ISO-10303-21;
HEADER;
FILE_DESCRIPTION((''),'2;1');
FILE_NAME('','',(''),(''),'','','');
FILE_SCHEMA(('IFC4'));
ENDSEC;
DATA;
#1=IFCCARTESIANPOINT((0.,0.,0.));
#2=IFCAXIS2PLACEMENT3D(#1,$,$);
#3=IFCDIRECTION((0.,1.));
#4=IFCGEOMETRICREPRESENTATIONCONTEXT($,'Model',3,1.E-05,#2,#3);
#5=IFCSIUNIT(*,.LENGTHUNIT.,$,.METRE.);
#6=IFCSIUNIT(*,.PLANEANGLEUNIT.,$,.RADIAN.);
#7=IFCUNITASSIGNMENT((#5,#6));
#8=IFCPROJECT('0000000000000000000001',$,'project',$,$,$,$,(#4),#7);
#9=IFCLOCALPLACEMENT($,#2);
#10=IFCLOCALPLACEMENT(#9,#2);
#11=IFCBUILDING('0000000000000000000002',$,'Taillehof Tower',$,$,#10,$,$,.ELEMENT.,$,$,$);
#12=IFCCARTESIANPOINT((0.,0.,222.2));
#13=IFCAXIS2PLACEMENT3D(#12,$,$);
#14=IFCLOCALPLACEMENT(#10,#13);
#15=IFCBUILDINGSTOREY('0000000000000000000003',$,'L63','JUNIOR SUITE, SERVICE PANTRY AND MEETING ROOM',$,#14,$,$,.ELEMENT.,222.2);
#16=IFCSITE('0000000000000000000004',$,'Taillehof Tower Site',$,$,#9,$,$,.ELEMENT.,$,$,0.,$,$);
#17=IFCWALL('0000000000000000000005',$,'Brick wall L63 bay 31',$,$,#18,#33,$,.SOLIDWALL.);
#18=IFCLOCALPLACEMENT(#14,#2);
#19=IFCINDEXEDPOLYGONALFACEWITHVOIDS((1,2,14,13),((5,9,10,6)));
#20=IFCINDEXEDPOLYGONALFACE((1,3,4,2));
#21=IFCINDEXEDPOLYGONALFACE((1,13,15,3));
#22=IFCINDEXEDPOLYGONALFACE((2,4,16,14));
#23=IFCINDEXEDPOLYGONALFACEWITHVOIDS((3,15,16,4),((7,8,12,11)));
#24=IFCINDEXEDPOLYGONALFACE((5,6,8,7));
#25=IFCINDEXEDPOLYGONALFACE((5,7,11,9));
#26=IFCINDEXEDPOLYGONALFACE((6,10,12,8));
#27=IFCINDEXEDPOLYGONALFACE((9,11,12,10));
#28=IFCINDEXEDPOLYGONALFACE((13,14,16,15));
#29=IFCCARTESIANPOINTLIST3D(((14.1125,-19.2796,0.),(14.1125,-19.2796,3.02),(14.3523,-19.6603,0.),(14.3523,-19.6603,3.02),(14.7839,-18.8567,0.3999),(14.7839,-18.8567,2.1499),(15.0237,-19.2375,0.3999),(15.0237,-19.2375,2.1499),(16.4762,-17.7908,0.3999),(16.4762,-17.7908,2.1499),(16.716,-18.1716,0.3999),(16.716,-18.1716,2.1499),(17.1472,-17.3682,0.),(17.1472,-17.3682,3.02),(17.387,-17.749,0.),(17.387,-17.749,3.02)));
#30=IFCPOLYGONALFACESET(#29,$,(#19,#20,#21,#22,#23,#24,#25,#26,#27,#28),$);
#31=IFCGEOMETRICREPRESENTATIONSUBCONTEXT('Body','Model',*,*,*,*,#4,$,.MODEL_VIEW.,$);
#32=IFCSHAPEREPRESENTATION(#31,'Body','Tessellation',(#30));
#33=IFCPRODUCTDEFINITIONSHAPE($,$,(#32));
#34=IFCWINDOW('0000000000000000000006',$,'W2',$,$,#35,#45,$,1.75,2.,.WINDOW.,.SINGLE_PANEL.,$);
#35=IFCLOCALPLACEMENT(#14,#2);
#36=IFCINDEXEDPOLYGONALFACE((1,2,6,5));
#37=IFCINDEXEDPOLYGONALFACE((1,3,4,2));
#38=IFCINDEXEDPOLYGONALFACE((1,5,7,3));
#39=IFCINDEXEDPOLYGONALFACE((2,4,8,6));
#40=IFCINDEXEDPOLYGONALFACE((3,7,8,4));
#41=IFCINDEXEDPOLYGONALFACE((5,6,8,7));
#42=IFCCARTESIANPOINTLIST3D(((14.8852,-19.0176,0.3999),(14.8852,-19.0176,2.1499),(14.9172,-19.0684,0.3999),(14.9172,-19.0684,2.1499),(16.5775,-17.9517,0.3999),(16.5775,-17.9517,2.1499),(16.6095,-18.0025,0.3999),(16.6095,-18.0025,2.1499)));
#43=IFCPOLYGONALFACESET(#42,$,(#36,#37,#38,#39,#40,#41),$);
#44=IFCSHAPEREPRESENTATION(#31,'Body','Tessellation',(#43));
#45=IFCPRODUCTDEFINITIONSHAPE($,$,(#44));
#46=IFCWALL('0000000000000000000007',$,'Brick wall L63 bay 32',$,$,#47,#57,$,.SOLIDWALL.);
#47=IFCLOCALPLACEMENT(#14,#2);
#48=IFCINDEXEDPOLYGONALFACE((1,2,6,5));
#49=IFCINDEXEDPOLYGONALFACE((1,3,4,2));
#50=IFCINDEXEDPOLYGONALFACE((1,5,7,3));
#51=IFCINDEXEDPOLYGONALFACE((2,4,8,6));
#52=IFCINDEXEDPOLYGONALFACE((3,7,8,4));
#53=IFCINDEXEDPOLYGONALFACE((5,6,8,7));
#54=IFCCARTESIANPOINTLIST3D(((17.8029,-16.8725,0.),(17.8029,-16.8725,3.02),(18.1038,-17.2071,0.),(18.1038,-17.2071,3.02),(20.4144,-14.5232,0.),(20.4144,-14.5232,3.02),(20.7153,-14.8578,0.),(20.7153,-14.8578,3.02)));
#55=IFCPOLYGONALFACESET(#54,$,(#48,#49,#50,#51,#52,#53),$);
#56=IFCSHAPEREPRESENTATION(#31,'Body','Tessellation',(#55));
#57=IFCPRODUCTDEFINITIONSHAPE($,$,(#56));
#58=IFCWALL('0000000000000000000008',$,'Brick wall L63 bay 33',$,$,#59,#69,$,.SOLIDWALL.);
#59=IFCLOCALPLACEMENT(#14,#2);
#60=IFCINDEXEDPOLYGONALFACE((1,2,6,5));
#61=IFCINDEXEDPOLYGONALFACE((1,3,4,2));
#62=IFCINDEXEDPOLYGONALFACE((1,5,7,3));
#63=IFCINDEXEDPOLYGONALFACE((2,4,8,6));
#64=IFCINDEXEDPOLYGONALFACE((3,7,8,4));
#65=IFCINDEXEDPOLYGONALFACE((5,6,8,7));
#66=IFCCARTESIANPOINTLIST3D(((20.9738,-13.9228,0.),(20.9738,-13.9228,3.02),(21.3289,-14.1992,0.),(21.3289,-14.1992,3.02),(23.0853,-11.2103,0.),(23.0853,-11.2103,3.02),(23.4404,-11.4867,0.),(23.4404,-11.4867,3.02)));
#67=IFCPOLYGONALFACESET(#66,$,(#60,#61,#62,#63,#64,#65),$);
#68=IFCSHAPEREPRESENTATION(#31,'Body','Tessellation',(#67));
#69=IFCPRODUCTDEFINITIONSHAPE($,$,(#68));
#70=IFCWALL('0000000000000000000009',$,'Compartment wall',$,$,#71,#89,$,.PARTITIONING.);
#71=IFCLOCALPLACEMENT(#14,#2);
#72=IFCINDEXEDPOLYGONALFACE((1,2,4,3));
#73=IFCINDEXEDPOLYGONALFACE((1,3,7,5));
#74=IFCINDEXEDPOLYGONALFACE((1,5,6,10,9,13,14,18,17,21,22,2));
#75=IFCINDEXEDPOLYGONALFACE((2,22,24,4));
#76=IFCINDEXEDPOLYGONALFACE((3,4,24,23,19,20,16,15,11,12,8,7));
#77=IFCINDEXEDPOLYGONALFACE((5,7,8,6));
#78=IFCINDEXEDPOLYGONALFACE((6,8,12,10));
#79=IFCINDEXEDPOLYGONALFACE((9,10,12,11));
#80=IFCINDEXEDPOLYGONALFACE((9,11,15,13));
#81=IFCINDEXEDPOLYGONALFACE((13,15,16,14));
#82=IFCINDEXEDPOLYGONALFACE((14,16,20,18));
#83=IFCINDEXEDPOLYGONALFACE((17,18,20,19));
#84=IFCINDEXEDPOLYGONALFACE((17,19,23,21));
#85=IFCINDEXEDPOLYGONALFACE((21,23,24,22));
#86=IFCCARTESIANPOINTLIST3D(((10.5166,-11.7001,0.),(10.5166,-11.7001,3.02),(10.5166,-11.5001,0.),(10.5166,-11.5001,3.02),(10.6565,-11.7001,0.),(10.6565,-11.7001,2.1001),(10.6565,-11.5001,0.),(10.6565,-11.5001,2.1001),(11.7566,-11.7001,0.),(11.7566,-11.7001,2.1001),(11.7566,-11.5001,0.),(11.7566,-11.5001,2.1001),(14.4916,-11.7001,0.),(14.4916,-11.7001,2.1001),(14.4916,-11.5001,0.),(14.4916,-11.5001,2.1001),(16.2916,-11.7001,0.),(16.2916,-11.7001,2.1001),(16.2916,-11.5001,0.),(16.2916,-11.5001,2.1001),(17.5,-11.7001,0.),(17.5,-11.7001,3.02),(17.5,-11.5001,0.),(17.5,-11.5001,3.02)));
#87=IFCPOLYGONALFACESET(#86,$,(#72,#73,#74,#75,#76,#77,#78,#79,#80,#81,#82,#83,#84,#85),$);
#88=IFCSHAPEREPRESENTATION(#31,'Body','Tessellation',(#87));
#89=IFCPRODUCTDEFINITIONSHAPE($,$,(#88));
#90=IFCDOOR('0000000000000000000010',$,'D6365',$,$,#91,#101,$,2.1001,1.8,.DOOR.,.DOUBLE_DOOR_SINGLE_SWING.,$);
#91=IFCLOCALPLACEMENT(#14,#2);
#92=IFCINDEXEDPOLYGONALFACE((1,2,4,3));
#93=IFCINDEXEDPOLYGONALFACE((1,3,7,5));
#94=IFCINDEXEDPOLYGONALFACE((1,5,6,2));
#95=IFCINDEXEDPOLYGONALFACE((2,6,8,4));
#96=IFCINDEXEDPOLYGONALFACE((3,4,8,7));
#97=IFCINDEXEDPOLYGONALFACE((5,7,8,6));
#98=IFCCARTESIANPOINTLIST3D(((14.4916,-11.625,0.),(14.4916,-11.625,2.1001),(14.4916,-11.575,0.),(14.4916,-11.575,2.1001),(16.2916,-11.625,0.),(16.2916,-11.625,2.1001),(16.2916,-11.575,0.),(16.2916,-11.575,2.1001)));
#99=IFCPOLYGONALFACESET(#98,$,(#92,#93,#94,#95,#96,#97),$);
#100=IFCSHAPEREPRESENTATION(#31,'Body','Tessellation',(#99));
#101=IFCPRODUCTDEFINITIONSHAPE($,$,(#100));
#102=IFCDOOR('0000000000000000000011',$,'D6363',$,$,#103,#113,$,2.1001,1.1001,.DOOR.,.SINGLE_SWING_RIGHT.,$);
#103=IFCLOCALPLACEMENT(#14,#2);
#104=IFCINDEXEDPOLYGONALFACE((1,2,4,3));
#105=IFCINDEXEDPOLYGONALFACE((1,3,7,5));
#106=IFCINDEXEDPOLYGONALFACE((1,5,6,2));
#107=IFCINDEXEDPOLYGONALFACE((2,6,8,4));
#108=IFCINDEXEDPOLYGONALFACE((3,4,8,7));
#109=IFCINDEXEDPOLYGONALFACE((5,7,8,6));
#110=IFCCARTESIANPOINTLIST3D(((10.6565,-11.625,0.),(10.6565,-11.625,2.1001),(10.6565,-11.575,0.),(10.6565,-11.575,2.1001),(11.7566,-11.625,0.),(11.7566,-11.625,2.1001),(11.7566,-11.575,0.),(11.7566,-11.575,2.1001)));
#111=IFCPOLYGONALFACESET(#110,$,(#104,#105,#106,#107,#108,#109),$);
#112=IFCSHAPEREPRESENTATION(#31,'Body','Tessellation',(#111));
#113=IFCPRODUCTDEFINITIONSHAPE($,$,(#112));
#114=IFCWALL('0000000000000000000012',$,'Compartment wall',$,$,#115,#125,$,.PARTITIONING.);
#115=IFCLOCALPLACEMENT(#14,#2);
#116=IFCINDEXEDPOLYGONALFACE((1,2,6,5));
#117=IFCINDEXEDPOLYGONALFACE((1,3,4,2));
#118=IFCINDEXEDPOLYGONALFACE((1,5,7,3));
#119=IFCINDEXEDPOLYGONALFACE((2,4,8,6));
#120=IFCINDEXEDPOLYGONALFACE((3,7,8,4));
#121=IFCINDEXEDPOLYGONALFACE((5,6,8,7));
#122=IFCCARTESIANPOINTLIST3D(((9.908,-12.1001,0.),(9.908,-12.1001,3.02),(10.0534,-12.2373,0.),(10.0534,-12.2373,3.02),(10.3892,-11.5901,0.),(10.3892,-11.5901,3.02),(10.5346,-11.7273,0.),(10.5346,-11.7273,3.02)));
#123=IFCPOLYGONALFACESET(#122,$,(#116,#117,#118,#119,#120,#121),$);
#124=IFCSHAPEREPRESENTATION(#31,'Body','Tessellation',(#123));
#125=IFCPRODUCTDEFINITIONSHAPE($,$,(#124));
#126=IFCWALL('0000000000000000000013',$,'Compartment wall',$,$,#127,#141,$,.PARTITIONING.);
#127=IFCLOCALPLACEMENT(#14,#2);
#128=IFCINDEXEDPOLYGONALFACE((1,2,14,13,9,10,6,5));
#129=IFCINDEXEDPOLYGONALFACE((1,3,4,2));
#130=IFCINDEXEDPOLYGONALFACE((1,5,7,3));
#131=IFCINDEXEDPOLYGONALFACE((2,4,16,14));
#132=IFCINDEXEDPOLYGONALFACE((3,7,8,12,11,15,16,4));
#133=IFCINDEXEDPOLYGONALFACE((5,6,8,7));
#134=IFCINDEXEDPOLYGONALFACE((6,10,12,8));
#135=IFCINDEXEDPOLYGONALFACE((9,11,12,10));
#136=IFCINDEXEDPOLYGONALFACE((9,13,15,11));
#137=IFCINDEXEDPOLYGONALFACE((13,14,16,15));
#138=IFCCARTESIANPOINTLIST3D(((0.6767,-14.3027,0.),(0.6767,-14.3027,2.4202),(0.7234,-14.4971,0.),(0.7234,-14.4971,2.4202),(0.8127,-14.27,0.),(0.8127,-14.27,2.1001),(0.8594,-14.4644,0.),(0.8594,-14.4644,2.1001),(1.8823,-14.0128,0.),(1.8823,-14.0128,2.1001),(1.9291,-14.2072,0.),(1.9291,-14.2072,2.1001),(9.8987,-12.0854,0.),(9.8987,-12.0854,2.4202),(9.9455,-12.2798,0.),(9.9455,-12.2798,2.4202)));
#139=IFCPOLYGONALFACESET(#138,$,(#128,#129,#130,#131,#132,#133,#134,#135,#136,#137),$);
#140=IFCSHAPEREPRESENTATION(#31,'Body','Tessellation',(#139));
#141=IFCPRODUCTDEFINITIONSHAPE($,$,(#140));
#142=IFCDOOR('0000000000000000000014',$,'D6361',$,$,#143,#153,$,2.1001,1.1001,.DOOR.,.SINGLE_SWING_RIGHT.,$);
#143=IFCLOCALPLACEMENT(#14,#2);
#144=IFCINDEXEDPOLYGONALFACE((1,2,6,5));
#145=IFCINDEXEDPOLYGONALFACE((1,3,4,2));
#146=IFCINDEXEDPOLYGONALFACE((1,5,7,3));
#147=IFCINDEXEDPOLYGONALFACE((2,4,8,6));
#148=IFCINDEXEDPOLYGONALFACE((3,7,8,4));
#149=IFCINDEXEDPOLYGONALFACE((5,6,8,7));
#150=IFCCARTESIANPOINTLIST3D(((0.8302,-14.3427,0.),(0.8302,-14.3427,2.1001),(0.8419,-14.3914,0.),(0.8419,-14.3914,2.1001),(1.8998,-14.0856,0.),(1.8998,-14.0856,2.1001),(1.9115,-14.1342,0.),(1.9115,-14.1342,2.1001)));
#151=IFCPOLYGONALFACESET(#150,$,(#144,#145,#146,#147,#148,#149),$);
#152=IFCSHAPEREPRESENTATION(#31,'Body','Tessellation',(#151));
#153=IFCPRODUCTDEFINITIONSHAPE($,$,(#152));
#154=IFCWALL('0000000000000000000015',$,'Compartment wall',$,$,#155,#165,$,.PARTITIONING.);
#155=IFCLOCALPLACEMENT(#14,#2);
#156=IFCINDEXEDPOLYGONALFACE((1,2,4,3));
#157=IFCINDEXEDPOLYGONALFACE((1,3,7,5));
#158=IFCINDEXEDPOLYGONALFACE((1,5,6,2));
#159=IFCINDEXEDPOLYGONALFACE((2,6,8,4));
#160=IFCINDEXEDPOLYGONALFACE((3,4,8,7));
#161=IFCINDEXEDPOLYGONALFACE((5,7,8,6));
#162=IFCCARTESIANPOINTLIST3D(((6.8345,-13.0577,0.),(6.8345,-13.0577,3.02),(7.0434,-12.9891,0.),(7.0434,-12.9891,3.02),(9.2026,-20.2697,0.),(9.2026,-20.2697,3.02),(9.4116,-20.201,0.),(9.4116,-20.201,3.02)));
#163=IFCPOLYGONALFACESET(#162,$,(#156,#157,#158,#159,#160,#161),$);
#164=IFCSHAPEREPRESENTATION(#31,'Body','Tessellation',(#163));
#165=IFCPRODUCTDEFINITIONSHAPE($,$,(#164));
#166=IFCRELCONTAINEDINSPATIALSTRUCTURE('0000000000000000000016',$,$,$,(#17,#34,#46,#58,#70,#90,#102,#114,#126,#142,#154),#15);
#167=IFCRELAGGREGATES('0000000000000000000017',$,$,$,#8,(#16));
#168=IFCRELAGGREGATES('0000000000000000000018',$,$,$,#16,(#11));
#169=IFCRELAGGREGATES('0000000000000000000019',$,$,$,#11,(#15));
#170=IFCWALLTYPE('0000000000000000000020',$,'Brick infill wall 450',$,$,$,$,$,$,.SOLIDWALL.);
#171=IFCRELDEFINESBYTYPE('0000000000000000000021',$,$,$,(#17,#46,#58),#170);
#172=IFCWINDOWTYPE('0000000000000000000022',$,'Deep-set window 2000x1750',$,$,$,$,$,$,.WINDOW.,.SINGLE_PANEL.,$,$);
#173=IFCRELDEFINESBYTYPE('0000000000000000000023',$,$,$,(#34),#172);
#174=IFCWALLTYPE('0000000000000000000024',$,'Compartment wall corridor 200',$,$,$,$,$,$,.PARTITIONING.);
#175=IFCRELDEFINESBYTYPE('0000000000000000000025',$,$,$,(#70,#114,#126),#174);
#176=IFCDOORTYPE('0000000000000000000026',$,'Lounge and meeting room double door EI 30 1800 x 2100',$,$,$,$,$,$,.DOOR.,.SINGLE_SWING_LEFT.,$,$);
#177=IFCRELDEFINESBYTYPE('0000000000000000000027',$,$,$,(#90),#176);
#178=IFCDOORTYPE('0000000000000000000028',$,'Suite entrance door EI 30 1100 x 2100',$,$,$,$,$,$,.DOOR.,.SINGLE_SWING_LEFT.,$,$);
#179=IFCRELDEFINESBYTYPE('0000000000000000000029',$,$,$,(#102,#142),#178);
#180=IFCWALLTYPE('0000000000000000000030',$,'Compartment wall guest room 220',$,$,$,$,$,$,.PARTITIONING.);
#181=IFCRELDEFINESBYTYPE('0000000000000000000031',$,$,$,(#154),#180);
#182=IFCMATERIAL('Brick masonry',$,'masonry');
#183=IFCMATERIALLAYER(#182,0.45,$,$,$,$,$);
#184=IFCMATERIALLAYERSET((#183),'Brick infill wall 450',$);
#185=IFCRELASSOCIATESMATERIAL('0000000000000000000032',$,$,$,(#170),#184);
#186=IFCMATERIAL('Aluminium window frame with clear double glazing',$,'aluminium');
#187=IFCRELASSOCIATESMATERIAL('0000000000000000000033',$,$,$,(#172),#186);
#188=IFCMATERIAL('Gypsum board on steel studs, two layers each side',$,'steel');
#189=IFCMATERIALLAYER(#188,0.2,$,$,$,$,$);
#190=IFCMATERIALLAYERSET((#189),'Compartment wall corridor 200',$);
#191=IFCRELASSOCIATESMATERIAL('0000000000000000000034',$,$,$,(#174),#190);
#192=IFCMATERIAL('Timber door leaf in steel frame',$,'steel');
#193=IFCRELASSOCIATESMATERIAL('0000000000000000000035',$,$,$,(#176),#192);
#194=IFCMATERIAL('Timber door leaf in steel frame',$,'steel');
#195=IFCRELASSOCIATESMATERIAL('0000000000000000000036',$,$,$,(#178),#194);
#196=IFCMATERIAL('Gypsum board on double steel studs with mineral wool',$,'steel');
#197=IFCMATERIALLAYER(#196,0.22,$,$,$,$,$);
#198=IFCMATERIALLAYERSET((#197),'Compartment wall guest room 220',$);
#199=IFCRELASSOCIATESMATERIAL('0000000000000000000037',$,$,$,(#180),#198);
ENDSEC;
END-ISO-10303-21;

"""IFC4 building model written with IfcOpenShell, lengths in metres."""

from ifc_helpers import new_model, si_unit, direction, frame, frame_2d, origin, place, context, subcontext, project, spatial, rectangle, extrude, material, layer, layer_set, type_object, element, fill, save


model = new_model("IFC4")

# Units and contexts
model_context = context("Model", 3, precision=1e-05, world=origin(), true_north=direction((0.0, 1.0)))
body_context = subcontext(model_context, "Body", "Model", "MODEL_VIEW")
ifc_project = project(units=[si_unit("LENGTHUNIT", "METRE"), si_unit("PLANEANGLEUNIT", "RADIAN")], contexts=[model_context])

# Site, building, storey
site_placement = place(None, origin())
site = spatial("IfcSite", under=ifc_project, at=site_placement, Name="Taillehof Tower Site", CompositionType="ELEMENT", RefElevation=0.0)
building_placement = place(site_placement, origin())
building = spatial("IfcBuilding", under=site, at=building_placement, Name="Taillehof Tower", CompositionType="ELEMENT")
storey_placement = place(building_placement, frame((0.0, 0.0, 222.2)))
storey = spatial("IfcBuildingStorey", under=building, at=storey_placement, Name="L63", Description="JUNIOR SUITE, SERVICE PANTRY AND MEETING ROOM", CompositionType="ELEMENT", Elevation=222.2)

# Wall, opening, window
ifc_material_1 = material(Name="Brick masonry", Category="masonry")
ifc_layer_1 = layer(ifc_material_1, 0.45)
ifc_layer_set_1 = layer_set([ifc_layer_1], Name="Brick infill wall 450")
wall_type_1 = type_object("IfcWallType", Name="Brick infill wall 450", PredefinedType="SOLIDWALL", material=ifc_layer_set_1)
ifc_material_2 = material(Name="Aluminium window frame with clear double glazing", Category="aluminium")
window_type = type_object("IfcWindowType", Name="Deep-set window 2000x1750", PartitioningType="SINGLE_PANEL", PredefinedType="WINDOW", material=ifc_material_2)
wall_1_placement = place(storey_placement, frame((14.2324, -19.47, 0.0), z_axis=(0.0, 0.0, 1.0), x_axis=(0.84615, 0.532945, 0.0)))
wall_1 = element("IfcWall", 1, at=wall_1_placement, inside=storey, type_object=wall_type_1, Name="Brick wall L63 bay 31", PredefinedType="SOLIDWALL", context=body_context, shape_type="SweptSolid", body=[
    extrude(rectangle(XDim=3.5864, YDim=0.45, at=frame_2d((1.7932, 0.0))), origin(), (0.0, 0.0, 1.0), 3.02),
])
opening_1_placement = place(wall_1_placement, frame((0.7935, 0.0, 0.3999)))
opening_1 = element("IfcOpeningElement", 2, at=opening_1_placement, cuts=wall_1, PredefinedType="OPENING", context=body_context, shape_type="SweptSolid", body=[
    extrude(rectangle(XDim=2.0, YDim=1.75, at=frame_2d((1.0, 0.875))), frame((0.0, 0.2349, 0.0), z_axis=(0.0, -1.0, 0.0), x_axis=(1.0, 0.0, 0.0)), (0.0, 0.0, 1.0), 0.47),
])
window_1_placement = place(opening_1_placement, origin())
window_1 = element("IfcWindow", 3, at=window_1_placement, inside=storey, type_object=window_type, Name="W2", OverallHeight=1.75, OverallWidth=2.0, PartitioningType="SINGLE_PANEL", PredefinedType="WINDOW", context=body_context, shape_type="SweptSolid", body=[
    extrude(rectangle(XDim=2.0, YDim=1.75, at=frame_2d((1.0, 0.875))), frame((0.0, 0.0349, 0.0), z_axis=(0.0, -1.0, 0.0), x_axis=(1.0, 0.0, 0.0)), (0.0, 0.0, 1.0), 0.0601),
])
fill(opening_1, window_1)

# Walls
wall_2_placement = place(storey_placement, frame((17.9534, -17.0398, 0.0), z_axis=(0.0, 0.0, 1.0), x_axis=(0.743443, 0.6688, 0.0)))
element("IfcWall", 4, at=wall_2_placement, inside=storey, type_object=wall_type_1, Name="Brick wall L63 bay 32", PredefinedType="SOLIDWALL", context=body_context, shape_type="SweptSolid", body=[
    extrude(rectangle(XDim=3.5127, YDim=0.45, at=frame_2d((1.7563, 0.0))), origin(), (0.0, 0.0, 1.0), 3.02),
])
wall_3_placement = place(storey_placement, frame((21.1514, -14.061, 0.0), z_axis=(0.0, 0.0, 1.0), x_axis=(0.614255, 0.789107, 0.0)))
element("IfcWall", 5, at=wall_3_placement, inside=storey, type_object=wall_type_1, Name="Brick wall L63 bay 33", PredefinedType="SOLIDWALL", context=body_context, shape_type="SweptSolid", body=[
    extrude(rectangle(XDim=3.4375, YDim=0.45, at=frame_2d((1.7188, 0.0))), origin(), (0.0, 0.0, 1.0), 3.02),
])

# Wall, openings, doors
ifc_material_3 = material(Name="Gypsum board on steel studs, two layers each side", Category="steel")
ifc_layer_2 = layer(ifc_material_3, 0.2)
ifc_layer_set_2 = layer_set([ifc_layer_2], Name="Compartment wall corridor 200")
wall_type_2 = type_object("IfcWallType", Name="Compartment wall corridor 200", PredefinedType="PARTITIONING", material=ifc_layer_set_2)
wall_4_placement = place(storey_placement, frame((17.5, -11.6001, 0.0), z_axis=(0.0, 0.0, 1.0), x_axis=(-1.0, 0.0, 0.0)))
wall_4 = element("IfcWall", 6, at=wall_4_placement, inside=storey, type_object=wall_type_2, Name="Compartment wall", PredefinedType="PARTITIONING", context=body_context, shape_type="SweptSolid", body=[
    extrude(rectangle(XDim=6.9834, YDim=0.2, at=frame_2d((3.4917, 0.0))), origin(), (0.0, 0.0, 1.0), 3.02),
])
opening_2_placement = place(wall_4_placement, frame((5.7434, 0.0, 0.0)))
opening_2 = element("IfcOpeningElement", 7, at=opening_2_placement, cuts=wall_4, PredefinedType="OPENING", context=body_context, shape_type="SweptSolid", body=[
    extrude(rectangle(XDim=1.1001, YDim=2.1001, at=frame_2d((0.55, 1.05))), frame((0.0, 0.1099, 0.0), z_axis=(0.0, -1.0, 0.0), x_axis=(1.0, 0.0, 0.0)), (0.0, 0.0, 1.0), 0.22),
])
opening_3_placement = place(wall_4_placement, frame((1.2085, 0.0, 0.0)))
opening_3 = element("IfcOpeningElement", 8, at=opening_3_placement, cuts=wall_4, PredefinedType="OPENING", context=body_context, shape_type="SweptSolid", body=[
    extrude(rectangle(XDim=1.8, YDim=2.1001, at=frame_2d((0.8999, 1.05))), frame((0.0, 0.1099, 0.0), z_axis=(0.0, -1.0, 0.0), x_axis=(1.0, 0.0, 0.0)), (0.0, 0.0, 1.0), 0.22),
])
ifc_material_4 = material(Name="Timber door leaf in steel frame", Category="steel")
door_type_1 = type_object("IfcDoorType", Name="Lounge and meeting room double door EI 30 1800 x 2100", OperationType="SINGLE_SWING_LEFT", PredefinedType="DOOR", material=ifc_material_4)
door_1_placement = place(opening_3_placement, origin())
door_1 = element("IfcDoor", 9, at=door_1_placement, inside=storey, type_object=door_type_1, Name="D6365", OperationType="DOUBLE_DOOR_SINGLE_SWING", OverallHeight=2.1001, OverallWidth=1.8, PredefinedType="DOOR", context=body_context, shape_type="SweptSolid", body=[
    extrude(rectangle(XDim=1.8, YDim=2.1001, at=frame_2d((0.8999, 1.05))), frame((0.0, 0.0249, 0.0), z_axis=(0.0, -1.0, 0.0), x_axis=(1.0, 0.0, 0.0)), (0.0, 0.0, 1.0), 0.05),
])
fill(opening_3, door_1)
ifc_material_5 = material(Name="Timber door leaf in steel frame", Category="steel")
door_type_2 = type_object("IfcDoorType", Name="Suite entrance door EI 30 1100 x 2100", OperationType="SINGLE_SWING_LEFT", PredefinedType="DOOR", material=ifc_material_5)
door_2_placement = place(opening_2_placement, origin())
door_2 = element("IfcDoor", 10, at=door_2_placement, inside=storey, type_object=door_type_2, Name="D6363", OperationType="SINGLE_SWING_RIGHT", OverallHeight=2.1001, OverallWidth=1.1001, PredefinedType="DOOR", context=body_context, shape_type="SweptSolid", body=[
    extrude(rectangle(XDim=1.1001, YDim=2.1001, at=frame_2d((0.55, 1.05))), frame((0.0, 0.0249, 0.0), z_axis=(0.0, -1.0, 0.0), x_axis=(1.0, 0.0, 0.0)), (0.0, 0.0, 1.0), 0.05),
])
fill(opening_2, door_2)

# Wall
wall_5_placement = place(storey_placement, frame((10.4619, -11.6587, 0.0), z_axis=(0.0, 0.0, 1.0), x_axis=(-0.686266, -0.727351, 0.0)))
element("IfcWall", 11, at=wall_5_placement, inside=storey, type_object=wall_type_2, Name="Compartment wall", PredefinedType="PARTITIONING", context=body_context, shape_type="SweptSolid", body=[
    extrude(rectangle(XDim=0.7012, YDim=0.2, at=frame_2d((0.3506, 0.0))), origin(), (0.0, 0.0, 1.0), 3.02),
])

# Wall, opening, door
wall_6_placement = place(storey_placement, frame((9.9221, -12.1826, 0.0), z_axis=(0.0, 0.0, 1.0), x_axis=(-0.972292, -0.233768, 0.0)))
wall_6 = element("IfcWall", 12, at=wall_6_placement, inside=storey, type_object=wall_type_2, Name="Compartment wall", PredefinedType="PARTITIONING", context=body_context, shape_type="SweptSolid", body=[
    extrude(rectangle(XDim=9.4849, YDim=0.2, at=frame_2d((4.7424, 0.0))), origin(), (0.0, 0.0, 1.0), 2.4202),
])
opening_4_placement = place(wall_6_placement, frame((8.2449, 0.0, 0.0)))
opening_4 = element("IfcOpeningElement", 13, at=opening_4_placement, cuts=wall_6, PredefinedType="OPENING", context=body_context, shape_type="SweptSolid", body=[
    extrude(rectangle(XDim=1.1001, YDim=2.1001, at=frame_2d((0.55, 1.05))), frame((0.0, 0.1099, 0.0), z_axis=(0.0, -1.0, 0.0), x_axis=(1.0, 0.0, 0.0)), (0.0, 0.0, 1.0), 0.22),
])
door_3_placement = place(opening_4_placement, origin())
door_3 = element("IfcDoor", 14, at=door_3_placement, inside=storey, type_object=door_type_2, Name="D6361", OperationType="SINGLE_SWING_RIGHT", OverallHeight=2.1001, OverallWidth=1.1001, PredefinedType="DOOR", context=body_context, shape_type="SweptSolid", body=[
    extrude(rectangle(XDim=1.1001, YDim=2.1001, at=frame_2d((0.55, 1.05))), frame((0.0, 0.0249, 0.0), z_axis=(0.0, -1.0, 0.0), x_axis=(1.0, 0.0, 0.0)), (0.0, 0.0, 1.0), 0.05),
])
fill(opening_4, door_3)

# Wall
ifc_material_6 = material(Name="Gypsum board on double steel studs with mineral wool", Category="steel")
ifc_layer_3 = layer(ifc_material_6, 0.22)
ifc_layer_set_3 = layer_set([ifc_layer_3], Name="Compartment wall guest room 220")
wall_type_3 = type_object("IfcWallType", Name="Compartment wall guest room 220", PredefinedType="PARTITIONING", material=ifc_layer_set_3)
wall_7_placement = place(storey_placement, frame((9.3071, -20.2354, 0.0), z_axis=(0.0, 0.0, 1.0), x_axis=(-0.311979, 0.950089, 0.0)))
element("IfcWall", 15, at=wall_7_placement, inside=storey, type_object=wall_type_3, Name="Compartment wall", PredefinedType="PARTITIONING", context=body_context, shape_type="SweptSolid", body=[
    extrude(rectangle(XDim=7.5908, YDim=0.22, at=frame_2d((3.7954, 0.0))), origin(), (0.0, 0.0, 1.0), 3.02),
])

save(model, "model.ifc")
